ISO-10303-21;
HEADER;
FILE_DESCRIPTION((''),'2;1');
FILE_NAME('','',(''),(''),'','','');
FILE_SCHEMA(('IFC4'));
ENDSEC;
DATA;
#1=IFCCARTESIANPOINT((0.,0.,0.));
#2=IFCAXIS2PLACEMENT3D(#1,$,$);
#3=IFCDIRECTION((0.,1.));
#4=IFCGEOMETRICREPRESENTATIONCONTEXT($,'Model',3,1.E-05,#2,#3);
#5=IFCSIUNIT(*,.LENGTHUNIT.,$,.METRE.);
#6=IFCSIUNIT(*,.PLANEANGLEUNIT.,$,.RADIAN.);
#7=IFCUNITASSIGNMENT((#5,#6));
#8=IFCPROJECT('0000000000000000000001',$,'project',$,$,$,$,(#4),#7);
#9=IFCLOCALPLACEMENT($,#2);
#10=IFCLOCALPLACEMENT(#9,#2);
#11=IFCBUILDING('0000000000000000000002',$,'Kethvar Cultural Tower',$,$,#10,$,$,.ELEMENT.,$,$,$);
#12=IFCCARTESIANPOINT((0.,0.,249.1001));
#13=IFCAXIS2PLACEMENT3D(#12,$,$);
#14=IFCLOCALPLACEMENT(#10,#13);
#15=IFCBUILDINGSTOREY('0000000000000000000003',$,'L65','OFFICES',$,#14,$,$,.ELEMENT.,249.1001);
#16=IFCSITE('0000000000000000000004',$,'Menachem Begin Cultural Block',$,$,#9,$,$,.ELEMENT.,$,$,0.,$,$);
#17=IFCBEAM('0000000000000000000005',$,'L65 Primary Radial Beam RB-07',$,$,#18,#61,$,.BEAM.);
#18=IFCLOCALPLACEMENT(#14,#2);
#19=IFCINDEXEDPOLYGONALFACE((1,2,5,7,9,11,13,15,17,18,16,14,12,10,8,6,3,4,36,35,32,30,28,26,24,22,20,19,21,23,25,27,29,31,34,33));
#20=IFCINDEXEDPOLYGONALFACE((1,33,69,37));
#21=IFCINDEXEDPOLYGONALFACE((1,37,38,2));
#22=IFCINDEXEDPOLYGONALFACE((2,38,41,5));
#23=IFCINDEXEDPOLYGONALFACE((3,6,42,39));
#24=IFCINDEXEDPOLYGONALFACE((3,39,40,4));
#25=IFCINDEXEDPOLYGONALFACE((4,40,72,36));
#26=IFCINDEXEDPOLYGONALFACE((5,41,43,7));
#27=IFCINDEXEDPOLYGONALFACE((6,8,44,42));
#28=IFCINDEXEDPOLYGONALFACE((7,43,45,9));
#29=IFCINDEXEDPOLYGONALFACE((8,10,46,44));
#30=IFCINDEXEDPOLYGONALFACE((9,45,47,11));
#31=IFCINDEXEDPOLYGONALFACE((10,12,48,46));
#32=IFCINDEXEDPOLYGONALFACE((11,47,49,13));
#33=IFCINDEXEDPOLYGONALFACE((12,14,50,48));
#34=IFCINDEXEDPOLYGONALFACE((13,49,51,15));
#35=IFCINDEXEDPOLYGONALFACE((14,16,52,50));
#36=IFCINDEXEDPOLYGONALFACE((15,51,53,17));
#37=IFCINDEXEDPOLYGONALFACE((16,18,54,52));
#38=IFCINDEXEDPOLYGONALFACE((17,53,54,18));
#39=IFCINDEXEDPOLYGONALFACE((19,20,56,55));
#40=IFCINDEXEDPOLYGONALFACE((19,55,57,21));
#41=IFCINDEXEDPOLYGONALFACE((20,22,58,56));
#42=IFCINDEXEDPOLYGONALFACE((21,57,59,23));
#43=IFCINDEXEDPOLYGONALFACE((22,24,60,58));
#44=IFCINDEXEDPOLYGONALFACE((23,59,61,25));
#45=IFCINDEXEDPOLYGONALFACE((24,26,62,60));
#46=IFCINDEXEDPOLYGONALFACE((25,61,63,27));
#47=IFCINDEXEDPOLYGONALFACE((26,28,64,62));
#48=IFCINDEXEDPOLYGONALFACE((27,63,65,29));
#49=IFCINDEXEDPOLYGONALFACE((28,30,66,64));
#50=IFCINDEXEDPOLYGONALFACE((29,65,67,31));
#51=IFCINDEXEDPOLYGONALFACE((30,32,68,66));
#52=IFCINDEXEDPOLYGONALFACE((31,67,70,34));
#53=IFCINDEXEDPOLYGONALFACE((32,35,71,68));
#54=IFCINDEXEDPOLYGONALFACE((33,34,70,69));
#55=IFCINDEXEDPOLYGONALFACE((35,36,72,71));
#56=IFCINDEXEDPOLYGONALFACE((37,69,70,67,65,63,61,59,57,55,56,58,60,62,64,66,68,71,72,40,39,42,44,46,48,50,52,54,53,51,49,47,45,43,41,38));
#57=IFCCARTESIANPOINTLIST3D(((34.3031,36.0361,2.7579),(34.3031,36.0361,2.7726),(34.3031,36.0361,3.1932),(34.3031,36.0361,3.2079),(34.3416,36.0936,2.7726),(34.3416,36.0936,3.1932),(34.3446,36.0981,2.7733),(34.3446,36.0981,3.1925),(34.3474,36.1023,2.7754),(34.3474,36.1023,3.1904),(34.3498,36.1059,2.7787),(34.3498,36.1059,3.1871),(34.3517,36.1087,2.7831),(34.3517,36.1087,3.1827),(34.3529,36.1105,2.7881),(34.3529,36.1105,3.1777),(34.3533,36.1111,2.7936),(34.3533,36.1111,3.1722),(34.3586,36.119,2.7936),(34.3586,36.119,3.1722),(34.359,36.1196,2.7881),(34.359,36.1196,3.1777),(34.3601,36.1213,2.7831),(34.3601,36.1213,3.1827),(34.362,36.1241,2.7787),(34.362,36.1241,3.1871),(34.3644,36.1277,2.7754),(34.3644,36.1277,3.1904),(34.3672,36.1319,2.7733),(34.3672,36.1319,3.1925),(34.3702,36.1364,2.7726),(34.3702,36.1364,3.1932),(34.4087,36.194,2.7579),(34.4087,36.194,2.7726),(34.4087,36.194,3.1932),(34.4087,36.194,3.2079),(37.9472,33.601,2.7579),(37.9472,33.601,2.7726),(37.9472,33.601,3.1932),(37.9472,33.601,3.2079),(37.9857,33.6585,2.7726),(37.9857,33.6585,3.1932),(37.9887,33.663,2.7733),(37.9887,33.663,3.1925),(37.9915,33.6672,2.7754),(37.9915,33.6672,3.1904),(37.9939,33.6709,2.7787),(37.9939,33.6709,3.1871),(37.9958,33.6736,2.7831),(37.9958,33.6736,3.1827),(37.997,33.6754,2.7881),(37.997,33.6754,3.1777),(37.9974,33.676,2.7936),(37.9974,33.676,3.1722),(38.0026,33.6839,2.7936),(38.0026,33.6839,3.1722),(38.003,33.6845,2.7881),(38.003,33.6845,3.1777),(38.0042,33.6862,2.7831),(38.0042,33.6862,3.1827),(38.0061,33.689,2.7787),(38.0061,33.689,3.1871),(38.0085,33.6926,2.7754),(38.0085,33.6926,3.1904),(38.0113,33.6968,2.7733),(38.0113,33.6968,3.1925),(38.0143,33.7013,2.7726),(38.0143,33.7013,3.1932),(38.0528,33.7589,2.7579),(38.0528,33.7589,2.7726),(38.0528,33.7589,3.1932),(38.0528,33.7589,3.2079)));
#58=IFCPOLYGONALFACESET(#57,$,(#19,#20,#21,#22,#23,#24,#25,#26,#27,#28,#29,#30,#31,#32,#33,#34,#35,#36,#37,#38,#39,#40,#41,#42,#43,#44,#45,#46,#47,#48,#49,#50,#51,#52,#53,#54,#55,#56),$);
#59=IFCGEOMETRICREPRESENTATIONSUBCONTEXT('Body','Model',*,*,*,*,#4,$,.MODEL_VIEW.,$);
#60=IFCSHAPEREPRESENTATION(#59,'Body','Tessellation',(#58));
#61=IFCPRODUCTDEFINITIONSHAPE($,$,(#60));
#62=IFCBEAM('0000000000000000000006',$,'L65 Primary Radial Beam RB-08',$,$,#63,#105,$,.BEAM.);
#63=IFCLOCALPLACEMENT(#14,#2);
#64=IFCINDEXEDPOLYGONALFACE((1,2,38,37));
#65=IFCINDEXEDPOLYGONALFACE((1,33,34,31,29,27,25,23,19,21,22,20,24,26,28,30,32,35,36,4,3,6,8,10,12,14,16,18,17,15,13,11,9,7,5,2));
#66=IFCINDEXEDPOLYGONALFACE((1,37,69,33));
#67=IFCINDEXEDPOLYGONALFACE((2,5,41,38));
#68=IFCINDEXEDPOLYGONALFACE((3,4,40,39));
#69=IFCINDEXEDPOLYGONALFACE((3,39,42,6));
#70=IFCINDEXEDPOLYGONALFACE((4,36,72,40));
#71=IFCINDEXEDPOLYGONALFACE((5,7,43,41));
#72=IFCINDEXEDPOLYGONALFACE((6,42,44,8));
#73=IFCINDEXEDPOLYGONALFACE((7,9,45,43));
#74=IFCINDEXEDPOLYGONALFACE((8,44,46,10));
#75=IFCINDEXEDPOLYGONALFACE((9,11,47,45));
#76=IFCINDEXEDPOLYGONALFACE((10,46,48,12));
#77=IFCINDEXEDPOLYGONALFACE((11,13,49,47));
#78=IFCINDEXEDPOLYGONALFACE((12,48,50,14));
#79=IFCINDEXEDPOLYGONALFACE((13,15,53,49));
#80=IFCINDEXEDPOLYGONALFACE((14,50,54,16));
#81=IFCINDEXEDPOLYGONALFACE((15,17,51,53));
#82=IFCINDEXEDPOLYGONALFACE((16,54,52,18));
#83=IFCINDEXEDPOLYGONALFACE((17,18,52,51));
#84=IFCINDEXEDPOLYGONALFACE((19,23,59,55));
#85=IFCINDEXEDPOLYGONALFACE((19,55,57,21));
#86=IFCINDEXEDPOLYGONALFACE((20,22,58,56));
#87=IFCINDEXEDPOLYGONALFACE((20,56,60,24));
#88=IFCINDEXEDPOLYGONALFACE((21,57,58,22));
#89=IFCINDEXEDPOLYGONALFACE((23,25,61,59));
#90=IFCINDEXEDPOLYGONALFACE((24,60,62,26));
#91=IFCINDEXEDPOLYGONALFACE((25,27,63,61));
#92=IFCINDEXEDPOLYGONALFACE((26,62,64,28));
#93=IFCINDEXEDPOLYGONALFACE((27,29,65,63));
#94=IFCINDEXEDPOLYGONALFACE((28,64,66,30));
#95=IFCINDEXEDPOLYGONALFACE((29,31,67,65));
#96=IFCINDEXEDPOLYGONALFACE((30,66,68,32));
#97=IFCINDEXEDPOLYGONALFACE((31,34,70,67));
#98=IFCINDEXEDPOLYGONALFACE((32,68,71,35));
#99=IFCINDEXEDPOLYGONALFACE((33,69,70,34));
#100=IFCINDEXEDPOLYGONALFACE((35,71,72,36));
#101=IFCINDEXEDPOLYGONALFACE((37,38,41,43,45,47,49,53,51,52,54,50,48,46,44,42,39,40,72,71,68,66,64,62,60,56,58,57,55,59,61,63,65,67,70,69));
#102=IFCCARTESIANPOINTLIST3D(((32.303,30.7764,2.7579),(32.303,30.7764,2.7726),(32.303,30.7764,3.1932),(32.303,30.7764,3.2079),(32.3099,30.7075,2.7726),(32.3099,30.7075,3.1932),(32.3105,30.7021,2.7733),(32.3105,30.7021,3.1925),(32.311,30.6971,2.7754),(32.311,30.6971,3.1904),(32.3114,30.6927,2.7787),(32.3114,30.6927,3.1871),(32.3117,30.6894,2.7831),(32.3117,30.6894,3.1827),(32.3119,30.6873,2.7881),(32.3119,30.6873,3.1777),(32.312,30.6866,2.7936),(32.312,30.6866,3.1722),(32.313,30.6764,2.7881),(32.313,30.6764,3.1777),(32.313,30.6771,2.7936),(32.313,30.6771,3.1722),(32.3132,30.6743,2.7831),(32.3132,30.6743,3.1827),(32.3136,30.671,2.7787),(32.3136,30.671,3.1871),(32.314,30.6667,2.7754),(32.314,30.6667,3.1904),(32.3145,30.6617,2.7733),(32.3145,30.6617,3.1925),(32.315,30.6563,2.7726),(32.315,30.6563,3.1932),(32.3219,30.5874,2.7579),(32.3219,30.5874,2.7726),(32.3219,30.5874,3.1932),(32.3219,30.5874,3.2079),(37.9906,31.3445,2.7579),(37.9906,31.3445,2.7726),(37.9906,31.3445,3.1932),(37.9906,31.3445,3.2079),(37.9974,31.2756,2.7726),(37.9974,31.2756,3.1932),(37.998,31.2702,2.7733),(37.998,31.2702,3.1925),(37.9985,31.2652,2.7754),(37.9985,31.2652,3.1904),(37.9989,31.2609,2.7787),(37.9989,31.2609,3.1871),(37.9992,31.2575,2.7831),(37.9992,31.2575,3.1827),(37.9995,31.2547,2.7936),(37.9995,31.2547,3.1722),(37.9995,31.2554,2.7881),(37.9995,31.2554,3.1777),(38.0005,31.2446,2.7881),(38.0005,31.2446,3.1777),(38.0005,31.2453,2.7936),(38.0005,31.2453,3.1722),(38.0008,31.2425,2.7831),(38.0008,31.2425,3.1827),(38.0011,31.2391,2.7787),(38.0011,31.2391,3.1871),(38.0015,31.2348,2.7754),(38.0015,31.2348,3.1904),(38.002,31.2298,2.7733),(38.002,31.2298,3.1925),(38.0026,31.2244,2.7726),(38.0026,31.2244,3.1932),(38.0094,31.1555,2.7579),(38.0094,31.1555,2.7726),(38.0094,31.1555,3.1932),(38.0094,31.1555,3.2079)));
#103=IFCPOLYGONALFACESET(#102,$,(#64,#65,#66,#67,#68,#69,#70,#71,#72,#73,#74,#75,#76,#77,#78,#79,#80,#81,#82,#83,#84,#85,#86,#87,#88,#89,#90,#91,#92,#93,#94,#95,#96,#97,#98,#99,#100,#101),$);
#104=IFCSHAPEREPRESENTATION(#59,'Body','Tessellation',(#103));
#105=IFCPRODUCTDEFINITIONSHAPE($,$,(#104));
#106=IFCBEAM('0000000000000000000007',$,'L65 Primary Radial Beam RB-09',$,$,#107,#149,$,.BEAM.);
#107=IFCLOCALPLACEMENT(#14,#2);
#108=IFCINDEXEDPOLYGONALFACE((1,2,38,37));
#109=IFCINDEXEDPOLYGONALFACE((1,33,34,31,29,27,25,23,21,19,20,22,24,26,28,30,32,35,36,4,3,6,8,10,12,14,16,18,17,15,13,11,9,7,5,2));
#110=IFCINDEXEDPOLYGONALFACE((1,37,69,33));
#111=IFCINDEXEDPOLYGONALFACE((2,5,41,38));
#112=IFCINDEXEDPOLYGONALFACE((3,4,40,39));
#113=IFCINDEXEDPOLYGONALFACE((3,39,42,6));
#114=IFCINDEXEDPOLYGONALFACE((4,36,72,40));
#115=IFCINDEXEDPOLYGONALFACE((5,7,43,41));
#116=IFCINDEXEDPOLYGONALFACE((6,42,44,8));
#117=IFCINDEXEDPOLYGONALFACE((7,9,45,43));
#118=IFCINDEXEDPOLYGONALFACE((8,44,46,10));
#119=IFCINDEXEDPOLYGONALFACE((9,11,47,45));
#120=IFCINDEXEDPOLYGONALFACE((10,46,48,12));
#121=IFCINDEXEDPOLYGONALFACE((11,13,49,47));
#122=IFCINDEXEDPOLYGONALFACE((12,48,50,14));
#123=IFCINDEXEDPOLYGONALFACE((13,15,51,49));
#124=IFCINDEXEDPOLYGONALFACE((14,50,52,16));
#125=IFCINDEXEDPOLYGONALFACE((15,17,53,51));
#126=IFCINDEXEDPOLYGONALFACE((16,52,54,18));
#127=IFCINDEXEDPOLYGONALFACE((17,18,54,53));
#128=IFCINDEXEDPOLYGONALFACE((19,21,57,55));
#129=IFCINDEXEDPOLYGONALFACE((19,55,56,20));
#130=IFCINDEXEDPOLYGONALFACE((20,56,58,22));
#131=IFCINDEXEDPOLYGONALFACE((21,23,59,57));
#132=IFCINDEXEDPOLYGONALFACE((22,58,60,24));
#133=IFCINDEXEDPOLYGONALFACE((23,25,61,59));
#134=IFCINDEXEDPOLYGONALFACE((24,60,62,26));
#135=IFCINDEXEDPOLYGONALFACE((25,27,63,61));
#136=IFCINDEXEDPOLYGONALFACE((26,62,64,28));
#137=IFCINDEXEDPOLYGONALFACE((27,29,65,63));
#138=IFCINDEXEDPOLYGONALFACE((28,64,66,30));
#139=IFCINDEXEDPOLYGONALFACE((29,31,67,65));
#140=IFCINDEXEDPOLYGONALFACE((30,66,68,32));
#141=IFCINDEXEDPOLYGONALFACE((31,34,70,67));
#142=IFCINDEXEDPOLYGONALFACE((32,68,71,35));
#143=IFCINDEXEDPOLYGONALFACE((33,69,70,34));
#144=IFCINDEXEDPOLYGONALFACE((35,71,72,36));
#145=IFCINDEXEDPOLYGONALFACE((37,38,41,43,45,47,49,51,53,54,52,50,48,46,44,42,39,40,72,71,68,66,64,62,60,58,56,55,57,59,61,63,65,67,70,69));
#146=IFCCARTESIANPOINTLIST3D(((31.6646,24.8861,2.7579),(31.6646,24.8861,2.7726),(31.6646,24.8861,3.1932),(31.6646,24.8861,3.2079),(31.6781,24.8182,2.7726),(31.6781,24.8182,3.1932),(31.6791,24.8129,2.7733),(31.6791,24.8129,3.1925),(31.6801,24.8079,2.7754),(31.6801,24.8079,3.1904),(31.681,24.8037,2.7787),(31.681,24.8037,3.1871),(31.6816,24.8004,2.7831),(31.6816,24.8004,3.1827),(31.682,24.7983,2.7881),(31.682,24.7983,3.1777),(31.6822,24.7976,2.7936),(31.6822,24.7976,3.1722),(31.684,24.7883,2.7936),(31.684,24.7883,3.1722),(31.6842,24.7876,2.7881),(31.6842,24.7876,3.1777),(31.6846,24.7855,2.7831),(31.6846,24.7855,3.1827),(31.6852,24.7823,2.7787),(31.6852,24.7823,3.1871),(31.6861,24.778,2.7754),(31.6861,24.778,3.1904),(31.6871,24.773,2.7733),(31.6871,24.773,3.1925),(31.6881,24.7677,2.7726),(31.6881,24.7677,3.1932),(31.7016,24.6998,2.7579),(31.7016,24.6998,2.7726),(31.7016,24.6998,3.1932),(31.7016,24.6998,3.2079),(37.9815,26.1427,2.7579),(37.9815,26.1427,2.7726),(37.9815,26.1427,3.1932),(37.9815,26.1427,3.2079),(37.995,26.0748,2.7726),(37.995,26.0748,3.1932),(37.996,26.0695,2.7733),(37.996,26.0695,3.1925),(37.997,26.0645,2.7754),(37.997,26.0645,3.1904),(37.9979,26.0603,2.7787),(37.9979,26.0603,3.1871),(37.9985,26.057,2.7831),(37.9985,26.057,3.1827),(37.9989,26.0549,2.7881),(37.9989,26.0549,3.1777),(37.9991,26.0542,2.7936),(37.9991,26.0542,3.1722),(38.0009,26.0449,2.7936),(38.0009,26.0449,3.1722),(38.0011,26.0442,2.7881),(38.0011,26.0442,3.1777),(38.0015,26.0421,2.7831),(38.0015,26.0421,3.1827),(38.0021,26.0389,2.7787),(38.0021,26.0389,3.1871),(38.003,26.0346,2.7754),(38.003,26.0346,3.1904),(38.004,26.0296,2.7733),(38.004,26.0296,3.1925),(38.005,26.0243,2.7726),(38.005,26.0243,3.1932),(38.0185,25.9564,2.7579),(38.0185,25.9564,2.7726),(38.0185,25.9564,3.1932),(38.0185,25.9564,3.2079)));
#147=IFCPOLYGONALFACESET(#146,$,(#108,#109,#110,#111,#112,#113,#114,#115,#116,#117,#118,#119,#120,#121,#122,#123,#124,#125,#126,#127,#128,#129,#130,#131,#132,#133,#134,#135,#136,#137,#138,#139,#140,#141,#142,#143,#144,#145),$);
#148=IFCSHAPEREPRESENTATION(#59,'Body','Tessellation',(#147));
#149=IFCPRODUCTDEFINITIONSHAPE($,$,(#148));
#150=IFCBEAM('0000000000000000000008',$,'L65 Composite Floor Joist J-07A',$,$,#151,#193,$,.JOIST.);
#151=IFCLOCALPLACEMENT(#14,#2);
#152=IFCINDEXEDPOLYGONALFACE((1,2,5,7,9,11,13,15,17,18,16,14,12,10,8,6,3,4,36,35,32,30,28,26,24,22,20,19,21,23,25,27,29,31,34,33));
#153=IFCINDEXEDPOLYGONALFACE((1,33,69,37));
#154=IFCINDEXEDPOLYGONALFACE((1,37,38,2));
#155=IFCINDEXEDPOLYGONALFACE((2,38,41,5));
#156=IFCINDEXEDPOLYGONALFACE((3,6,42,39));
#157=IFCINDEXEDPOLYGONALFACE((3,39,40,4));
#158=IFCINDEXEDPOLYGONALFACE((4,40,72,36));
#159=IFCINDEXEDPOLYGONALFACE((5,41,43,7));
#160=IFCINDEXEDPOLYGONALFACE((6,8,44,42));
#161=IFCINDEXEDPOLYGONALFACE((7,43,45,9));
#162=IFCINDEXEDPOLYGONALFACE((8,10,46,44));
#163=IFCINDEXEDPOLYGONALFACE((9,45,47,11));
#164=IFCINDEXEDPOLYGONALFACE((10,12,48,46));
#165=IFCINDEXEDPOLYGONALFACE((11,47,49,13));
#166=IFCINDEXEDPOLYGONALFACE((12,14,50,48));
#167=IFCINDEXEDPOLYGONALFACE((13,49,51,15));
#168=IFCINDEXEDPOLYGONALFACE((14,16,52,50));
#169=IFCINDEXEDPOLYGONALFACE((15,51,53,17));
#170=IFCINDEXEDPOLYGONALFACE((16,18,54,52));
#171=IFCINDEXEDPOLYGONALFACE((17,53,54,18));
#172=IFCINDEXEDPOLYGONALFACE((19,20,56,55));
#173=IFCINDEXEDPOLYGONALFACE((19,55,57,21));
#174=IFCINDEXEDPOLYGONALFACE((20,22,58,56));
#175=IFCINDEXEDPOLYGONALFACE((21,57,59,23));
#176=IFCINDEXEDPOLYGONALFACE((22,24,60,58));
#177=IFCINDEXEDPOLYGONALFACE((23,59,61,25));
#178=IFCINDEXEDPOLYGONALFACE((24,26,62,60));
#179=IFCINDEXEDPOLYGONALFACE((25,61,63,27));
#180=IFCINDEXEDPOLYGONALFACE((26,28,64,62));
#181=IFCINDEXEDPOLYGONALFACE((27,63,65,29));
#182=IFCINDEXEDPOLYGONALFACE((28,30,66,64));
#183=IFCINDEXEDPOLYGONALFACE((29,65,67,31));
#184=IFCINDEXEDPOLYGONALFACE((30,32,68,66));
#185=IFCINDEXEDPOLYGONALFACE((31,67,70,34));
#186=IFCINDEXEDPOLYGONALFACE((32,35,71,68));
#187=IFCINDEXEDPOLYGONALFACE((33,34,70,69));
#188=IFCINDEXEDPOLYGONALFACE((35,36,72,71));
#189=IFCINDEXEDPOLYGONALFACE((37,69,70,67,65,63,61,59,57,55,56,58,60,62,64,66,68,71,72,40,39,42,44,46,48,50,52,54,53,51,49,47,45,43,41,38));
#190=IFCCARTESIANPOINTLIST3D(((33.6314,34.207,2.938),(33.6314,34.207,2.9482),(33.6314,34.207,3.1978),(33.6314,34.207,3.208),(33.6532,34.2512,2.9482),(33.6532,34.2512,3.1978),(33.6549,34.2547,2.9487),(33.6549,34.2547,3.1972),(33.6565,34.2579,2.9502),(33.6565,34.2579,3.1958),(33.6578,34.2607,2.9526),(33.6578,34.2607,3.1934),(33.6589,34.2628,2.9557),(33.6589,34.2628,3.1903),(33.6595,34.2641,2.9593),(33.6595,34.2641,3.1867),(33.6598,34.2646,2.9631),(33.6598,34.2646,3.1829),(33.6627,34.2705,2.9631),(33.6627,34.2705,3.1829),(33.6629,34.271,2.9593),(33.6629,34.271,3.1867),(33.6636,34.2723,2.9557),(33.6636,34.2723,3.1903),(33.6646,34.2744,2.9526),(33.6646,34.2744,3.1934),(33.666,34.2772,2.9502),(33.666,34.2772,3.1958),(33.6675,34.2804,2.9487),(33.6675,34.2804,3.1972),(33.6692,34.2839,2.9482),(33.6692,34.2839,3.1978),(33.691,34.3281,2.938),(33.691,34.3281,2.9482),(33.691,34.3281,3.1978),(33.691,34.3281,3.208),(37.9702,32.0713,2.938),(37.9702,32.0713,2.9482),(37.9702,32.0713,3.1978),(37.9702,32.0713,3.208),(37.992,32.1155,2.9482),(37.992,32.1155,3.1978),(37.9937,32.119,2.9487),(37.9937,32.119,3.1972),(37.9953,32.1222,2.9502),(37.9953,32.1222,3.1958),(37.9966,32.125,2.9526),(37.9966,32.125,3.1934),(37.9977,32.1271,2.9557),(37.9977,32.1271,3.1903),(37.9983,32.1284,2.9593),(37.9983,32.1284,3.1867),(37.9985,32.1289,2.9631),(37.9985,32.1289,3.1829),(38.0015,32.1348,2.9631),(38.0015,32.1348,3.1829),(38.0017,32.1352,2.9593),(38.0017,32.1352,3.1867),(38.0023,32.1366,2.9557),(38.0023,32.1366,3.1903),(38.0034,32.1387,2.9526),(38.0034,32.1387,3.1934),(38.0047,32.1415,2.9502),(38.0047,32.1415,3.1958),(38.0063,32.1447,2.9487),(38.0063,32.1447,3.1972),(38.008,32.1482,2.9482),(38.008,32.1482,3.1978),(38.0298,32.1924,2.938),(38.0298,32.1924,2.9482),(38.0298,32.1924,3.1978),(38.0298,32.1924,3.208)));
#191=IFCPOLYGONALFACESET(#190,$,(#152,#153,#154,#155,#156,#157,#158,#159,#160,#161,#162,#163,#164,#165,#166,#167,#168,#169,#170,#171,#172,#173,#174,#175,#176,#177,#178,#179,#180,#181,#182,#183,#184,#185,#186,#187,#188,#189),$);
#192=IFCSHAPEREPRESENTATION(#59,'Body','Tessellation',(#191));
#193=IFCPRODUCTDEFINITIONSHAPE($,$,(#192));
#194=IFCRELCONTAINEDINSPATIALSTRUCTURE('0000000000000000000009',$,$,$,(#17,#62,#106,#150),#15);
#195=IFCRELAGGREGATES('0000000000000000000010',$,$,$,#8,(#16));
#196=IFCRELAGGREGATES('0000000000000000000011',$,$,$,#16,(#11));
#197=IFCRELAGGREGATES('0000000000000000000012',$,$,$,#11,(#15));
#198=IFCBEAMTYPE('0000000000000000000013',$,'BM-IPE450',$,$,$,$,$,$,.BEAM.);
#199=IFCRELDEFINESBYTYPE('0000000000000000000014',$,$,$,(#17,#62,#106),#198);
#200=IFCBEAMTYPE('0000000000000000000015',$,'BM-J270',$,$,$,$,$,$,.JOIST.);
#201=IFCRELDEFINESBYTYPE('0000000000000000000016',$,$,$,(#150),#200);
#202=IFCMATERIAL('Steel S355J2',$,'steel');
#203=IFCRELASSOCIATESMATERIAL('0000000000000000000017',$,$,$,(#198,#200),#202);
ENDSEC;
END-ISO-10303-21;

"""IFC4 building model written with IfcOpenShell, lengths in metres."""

from ifc_helpers import new_model, si_unit, direction, frame, origin, origin_2d, place, context, subcontext, project, spatial, i_section, extrude, source, transform, mapped, material, material_profile, profile_set, type_object, element, save


model = new_model("IFC4")

# Units and contexts
model_context = context("Model", 3, precision=1e-05, world=origin(), true_north=direction((0.0, 1.0)))
body_context = subcontext(model_context, "Body", "Model", "MODEL_VIEW")
ifc_project = project(units=[si_unit("LENGTHUNIT", "METRE"), si_unit("PLANEANGLEUNIT", "RADIAN")], contexts=[model_context])

# Site, building, storey
site_placement = place(None, origin())
site = spatial("IfcSite", under=ifc_project, at=site_placement, Name="Menachem Begin Cultural Block", CompositionType="ELEMENT", RefElevation=0.0)
building_placement = place(site_placement, origin())
building = spatial("IfcBuilding", under=site, at=building_placement, Name="Kethvar Cultural Tower", CompositionType="ELEMENT")
storey_placement = place(building_placement, frame((0.0, 0.0, 249.1001)))
storey = spatial("IfcBuildingStorey", under=building, at=storey_placement, Name="L65", Description="OFFICES", CompositionType="ELEMENT", Elevation=249.1001)

# Beams
ifc_material_1 = material(Name="Steel S355J2", Category="steel")
ifc_material_profile_1 = material_profile(ifc_material_1, i_section(OverallWidth=0.1899, OverallDepth=0.45, WebThickness=0.0095, FlangeThickness=0.0146, FilletRadius=0.021, at=origin_2d()), Name="Steel S355J2 — IPE450")
ifc_profile_set_1 = profile_set([ifc_material_profile_1], Name="Steel S355J2 — IPE450")
beam_type_1 = type_object("IfcBeamType", Name="BM-IPE450", PredefinedType="BEAM", material=ifc_profile_set_1)
shared_shape_1 = source(origin(), body_context, "Body", "SweptSolid", [
    extrude(i_section(OverallWidth=0.1899, OverallDepth=0.45, WebThickness=0.0095, FlangeThickness=0.0146, FilletRadius=0.021, at=origin_2d()), origin(), (0.0, 0.0, 1.0), 4.3828),
])
beam_1_placement = place(storey_placement, frame((38.0, 33.6799, 2.9829), z_axis=(-0.83145, 0.5556, 0.0), x_axis=(-0.5556, -0.83145, 0.0)))
element("IfcBeam", 1, at=beam_1_placement, inside=storey, type_object=beam_type_1, Name="L65 Primary Radial Beam RB-07", PredefinedType="BEAM", context=body_context, shape_type="MappedRepresentation", body=[
    mapped(shared_shape_1, transform((0.0, 0.0, 0.0), scale=1.0)),
])
shared_shape_2 = source(origin(), body_context, "Body", "SweptSolid", [
    extrude(i_section(OverallWidth=0.1899, OverallDepth=0.45, WebThickness=0.0095, FlangeThickness=0.0146, FilletRadius=0.021, at=origin_2d()), origin(), (0.0, 0.0, 1.0), 5.7158),
])
beam_2_placement = place(storey_placement, frame((38.0, 31.25, 2.9829), z_axis=(-0.995048, -0.099394, 0.0), x_axis=(0.099394, -0.995048, 0.0)))
element("IfcBeam", 2, at=beam_2_placement, inside=storey, type_object=beam_type_1, Name="L65 Primary Radial Beam RB-08", PredefinedType="BEAM", context=body_context, shape_type="MappedRepresentation", body=[
    mapped(shared_shape_2, transform((0.0, 0.0, 0.0), scale=1.0)),
])
shared_shape_3 = source(origin(), body_context, "Body", "SweptSolid", [
    extrude(i_section(OverallWidth=0.1899, OverallDepth=0.45, WebThickness=0.0095, FlangeThickness=0.0146, FilletRadius=0.021, at=origin_2d()), origin(), (0.0, 0.0, 1.0), 6.4407),
])
beam_3_placement = place(storey_placement, frame((38.0, 26.0496, 2.9829), z_axis=(-0.980783, -0.195103, 0.0), x_axis=(0.195103, -0.980783, 0.0)))
element("IfcBeam", 3, at=beam_3_placement, inside=storey, type_object=beam_type_1, Name="L65 Primary Radial Beam RB-09", PredefinedType="BEAM", context=body_context, shape_type="MappedRepresentation", body=[
    mapped(shared_shape_3, transform((0.0, 0.0, 0.0), scale=1.0)),
])
ifc_material_profile_2 = material_profile(ifc_material_1, i_section(OverallWidth=0.135, OverallDepth=0.27, WebThickness=0.0066, FlangeThickness=0.0103, FilletRadius=0.0149, at=origin_2d()), Name="Steel S355J2 — IPE270")
ifc_profile_set_2 = profile_set([ifc_material_profile_2], Name="Steel S355J2 — IPE270")
beam_type_2 = type_object("IfcBeamType", Name="BM-J270", PredefinedType="JOIST", material=ifc_profile_set_2)
shared_shape_4 = source(origin(), body_context, "Body", "SweptSolid", [
    extrude(i_section(OverallWidth=0.135, OverallDepth=0.27, WebThickness=0.0066, FlangeThickness=0.0103, FilletRadius=0.0149, at=origin_2d()), origin(), (0.0, 0.0, 1.0), 4.8359),
])
beam_4_placement = place(storey_placement, frame((38.0, 32.1318, 3.073), z_axis=(-0.897197, 0.441632, 0.0), x_axis=(-0.441632, -0.897197, 0.0)))
element("IfcBeam", 4, at=beam_4_placement, inside=storey, type_object=beam_type_2, Name="L65 Composite Floor Joist J-07A", PredefinedType="JOIST", context=body_context, shape_type="MappedRepresentation", body=[
    mapped(shared_shape_4, transform((0.0, 0.0, 0.0), scale=1.0)),
])

save(model, "model.ifc")
